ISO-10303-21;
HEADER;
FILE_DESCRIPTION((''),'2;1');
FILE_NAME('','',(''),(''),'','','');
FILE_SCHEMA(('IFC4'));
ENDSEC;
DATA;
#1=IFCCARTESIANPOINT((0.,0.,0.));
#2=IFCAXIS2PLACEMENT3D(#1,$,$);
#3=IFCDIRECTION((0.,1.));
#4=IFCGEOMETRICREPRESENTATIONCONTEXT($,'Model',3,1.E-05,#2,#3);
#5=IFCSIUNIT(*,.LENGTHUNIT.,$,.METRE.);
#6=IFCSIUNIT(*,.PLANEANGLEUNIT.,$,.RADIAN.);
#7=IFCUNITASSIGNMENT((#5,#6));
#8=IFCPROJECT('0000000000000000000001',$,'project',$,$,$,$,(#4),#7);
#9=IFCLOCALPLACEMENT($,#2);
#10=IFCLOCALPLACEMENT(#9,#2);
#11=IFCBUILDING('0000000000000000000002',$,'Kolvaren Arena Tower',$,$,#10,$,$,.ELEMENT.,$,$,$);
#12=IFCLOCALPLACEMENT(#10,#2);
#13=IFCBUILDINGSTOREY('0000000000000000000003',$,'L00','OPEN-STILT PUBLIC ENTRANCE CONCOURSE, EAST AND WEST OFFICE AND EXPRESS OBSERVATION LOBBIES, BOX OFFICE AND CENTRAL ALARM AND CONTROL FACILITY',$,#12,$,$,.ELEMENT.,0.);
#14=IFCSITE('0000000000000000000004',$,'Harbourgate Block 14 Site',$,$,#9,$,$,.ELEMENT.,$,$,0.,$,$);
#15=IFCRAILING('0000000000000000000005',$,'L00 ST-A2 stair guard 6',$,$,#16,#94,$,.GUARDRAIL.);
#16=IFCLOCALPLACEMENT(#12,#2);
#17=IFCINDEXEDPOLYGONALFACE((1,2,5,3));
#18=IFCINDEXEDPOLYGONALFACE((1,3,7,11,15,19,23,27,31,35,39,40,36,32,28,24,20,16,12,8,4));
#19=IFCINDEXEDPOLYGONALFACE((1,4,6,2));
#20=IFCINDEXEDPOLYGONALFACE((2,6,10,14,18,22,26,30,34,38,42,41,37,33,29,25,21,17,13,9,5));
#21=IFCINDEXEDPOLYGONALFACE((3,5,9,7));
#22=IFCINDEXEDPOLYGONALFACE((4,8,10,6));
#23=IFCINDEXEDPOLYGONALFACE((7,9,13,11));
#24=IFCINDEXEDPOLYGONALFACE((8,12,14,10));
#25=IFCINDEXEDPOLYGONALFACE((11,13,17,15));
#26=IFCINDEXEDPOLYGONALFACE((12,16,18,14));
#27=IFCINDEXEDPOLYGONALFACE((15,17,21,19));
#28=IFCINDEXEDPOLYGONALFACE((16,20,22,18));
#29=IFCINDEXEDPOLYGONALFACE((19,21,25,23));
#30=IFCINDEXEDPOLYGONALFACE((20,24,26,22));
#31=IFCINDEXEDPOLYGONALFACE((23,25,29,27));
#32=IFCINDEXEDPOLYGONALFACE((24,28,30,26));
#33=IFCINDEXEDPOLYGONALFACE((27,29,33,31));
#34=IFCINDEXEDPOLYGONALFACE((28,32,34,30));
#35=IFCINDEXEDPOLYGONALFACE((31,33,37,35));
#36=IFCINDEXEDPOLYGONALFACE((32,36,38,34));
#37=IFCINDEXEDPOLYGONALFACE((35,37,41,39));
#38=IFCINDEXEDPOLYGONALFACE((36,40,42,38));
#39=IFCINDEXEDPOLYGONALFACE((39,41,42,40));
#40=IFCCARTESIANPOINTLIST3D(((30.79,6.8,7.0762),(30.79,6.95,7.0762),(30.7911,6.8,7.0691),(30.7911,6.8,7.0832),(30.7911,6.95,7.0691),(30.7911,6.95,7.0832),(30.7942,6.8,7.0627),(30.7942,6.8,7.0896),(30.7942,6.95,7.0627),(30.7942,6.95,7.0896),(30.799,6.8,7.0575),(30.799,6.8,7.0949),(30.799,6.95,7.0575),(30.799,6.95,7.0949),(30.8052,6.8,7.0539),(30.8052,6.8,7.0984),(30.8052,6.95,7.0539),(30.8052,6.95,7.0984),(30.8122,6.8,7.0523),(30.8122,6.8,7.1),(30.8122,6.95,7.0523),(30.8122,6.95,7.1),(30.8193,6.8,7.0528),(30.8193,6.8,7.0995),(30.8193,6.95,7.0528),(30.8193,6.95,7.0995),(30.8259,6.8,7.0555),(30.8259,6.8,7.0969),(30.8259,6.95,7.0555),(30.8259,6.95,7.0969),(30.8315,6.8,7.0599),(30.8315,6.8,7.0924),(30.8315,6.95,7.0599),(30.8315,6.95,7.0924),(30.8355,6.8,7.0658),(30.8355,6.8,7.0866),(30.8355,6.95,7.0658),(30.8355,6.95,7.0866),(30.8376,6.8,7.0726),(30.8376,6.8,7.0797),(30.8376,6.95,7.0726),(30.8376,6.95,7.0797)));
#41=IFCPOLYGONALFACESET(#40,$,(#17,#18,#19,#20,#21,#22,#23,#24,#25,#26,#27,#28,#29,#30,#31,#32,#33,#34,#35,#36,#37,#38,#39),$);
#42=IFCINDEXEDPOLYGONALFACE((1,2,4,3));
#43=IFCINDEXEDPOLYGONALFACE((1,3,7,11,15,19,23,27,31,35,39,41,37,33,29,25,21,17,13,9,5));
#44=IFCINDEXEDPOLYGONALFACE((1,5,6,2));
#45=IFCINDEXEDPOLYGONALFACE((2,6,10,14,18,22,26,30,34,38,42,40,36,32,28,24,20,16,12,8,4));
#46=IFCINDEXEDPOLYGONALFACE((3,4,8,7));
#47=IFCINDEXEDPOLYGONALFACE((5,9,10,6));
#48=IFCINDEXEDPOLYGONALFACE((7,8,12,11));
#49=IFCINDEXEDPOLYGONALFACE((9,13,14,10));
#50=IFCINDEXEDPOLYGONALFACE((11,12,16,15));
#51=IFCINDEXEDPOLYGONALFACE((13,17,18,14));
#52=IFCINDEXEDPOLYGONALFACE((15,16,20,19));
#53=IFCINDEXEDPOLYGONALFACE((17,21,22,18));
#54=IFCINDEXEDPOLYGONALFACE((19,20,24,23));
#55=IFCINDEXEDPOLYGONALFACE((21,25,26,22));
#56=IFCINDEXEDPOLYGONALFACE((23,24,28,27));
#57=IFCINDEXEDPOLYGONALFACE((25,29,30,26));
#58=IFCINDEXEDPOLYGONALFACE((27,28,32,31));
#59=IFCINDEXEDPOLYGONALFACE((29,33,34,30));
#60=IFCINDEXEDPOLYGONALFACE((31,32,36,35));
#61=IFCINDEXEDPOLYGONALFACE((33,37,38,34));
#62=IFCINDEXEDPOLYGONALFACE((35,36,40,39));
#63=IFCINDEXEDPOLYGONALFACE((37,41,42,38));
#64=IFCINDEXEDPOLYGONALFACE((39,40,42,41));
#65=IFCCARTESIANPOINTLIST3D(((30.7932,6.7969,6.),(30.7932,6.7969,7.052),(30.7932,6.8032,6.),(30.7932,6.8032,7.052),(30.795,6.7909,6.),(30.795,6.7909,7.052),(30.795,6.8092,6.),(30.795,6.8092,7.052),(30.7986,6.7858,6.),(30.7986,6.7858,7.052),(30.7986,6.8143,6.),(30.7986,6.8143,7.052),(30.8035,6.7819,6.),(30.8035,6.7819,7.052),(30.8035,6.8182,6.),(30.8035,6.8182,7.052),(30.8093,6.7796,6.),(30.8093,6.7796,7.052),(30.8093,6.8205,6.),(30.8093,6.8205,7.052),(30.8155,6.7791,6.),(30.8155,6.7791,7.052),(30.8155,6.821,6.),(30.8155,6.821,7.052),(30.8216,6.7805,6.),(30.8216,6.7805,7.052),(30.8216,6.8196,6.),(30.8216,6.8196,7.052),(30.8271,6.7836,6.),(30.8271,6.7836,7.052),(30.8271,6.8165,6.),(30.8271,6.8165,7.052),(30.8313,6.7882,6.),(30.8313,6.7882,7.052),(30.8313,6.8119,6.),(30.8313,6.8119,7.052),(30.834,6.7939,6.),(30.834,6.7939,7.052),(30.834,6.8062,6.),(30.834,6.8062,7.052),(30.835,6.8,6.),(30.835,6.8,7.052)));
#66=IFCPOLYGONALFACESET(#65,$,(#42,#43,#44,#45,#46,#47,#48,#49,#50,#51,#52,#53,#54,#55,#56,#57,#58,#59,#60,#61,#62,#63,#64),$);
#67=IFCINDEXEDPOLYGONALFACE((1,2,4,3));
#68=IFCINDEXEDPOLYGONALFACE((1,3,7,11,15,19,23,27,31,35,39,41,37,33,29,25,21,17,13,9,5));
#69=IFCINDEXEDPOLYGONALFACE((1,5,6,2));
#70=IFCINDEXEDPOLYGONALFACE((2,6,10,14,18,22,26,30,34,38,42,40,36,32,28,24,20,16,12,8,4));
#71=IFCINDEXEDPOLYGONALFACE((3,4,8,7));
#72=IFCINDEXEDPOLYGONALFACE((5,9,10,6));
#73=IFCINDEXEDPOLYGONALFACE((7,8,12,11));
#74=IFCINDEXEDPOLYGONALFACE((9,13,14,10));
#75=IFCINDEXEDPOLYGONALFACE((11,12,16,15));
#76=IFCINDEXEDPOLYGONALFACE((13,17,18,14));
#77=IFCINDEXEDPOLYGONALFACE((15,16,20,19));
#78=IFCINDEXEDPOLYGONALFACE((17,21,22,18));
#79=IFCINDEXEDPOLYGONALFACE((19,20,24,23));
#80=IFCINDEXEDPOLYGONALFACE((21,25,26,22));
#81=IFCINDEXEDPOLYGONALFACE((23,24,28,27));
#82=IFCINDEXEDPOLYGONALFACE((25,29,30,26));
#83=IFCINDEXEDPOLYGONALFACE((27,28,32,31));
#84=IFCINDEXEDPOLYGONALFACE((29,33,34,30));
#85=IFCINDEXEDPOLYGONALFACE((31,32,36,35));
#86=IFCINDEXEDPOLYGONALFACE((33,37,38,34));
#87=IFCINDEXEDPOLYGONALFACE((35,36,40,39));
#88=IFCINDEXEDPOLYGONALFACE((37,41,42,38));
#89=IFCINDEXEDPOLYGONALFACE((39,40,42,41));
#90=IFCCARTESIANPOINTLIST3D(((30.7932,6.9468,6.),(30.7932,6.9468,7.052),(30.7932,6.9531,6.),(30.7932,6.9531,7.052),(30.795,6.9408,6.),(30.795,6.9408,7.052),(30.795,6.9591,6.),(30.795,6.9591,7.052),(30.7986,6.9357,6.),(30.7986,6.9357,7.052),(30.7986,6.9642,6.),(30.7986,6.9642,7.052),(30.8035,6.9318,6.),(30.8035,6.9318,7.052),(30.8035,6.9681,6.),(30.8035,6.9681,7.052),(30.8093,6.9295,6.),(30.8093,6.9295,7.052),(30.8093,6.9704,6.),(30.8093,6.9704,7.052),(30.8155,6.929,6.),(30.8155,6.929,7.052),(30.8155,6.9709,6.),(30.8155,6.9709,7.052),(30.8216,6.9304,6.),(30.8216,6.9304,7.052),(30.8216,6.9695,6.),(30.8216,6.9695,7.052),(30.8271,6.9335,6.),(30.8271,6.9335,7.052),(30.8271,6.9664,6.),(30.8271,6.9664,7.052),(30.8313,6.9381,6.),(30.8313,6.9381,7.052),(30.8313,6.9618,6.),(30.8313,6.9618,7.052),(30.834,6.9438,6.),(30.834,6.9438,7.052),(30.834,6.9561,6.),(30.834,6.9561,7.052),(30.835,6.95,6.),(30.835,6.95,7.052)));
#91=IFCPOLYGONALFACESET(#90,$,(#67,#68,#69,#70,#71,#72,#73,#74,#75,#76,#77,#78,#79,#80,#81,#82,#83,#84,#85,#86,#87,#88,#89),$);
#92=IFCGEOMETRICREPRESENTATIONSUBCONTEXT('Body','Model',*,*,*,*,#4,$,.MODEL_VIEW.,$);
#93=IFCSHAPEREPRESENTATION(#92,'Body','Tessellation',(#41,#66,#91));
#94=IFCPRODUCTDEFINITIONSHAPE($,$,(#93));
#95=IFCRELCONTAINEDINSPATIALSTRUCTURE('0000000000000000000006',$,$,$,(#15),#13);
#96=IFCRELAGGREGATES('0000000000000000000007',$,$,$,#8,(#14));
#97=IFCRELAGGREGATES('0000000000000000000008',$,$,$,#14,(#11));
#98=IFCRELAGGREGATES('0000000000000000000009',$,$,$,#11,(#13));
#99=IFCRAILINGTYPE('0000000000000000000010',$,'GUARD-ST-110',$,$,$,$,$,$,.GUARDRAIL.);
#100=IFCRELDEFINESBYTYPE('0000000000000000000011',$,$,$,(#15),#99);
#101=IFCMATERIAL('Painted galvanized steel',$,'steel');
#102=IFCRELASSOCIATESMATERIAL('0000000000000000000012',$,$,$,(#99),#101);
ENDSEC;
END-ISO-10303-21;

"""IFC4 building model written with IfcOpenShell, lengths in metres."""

from ifc_helpers import new_model, si_unit, direction, frame, origin, origin_2d, place, context, subcontext, project, spatial, circle, extrude, material, type_object, element, save


model = new_model("IFC4")

# Units and contexts
model_context = context("Model", 3, precision=1e-05, world=origin(), true_north=direction((0.0, 1.0)))
body_context = subcontext(model_context, "Body", "Model", "MODEL_VIEW")
ifc_project = project(units=[si_unit("LENGTHUNIT", "METRE"), si_unit("PLANEANGLEUNIT", "RADIAN")], contexts=[model_context])

# Site, building, storey
site_placement = place(None, origin())
site = spatial("IfcSite", under=ifc_project, at=site_placement, Name="Harbourgate Block 14 Site", CompositionType="ELEMENT", RefElevation=0.0)
building_placement = place(site_placement, origin())
building = spatial("IfcBuilding", under=site, at=building_placement, Name="Kolvaren Arena Tower", CompositionType="ELEMENT")
storey_placement = place(building_placement, origin())
storey = spatial("IfcBuildingStorey", under=building, at=storey_placement, Name="L00", Description="OPEN-STILT PUBLIC ENTRANCE CONCOURSE, EAST AND WEST OFFICE AND EXPRESS OBSERVATION LOBBIES, BOX OFFICE AND CENTRAL ALARM AND CONTROL FACILITY", CompositionType="ELEMENT", Elevation=0.0)

# Railing
ifc_material_1 = material(Name="Painted galvanized steel", Category="steel")
railing_type_1 = type_object("IfcRailingType", Name="GUARD-ST-110", PredefinedType="GUARDRAIL", material=ifc_material_1)
railing_1_placement = place(storey_placement, frame((30.814, 6.8, 6.0)))
element("IfcRailing", 1, at=railing_1_placement, inside=storey, type_object=railing_type_1, Name="L00 ST-A2 stair guard 6", PredefinedType="GUARDRAIL", context=body_context, shape_type="SweptSolid", body=[
    extrude(circle(Radius=0.0239, at=origin_2d()), frame((0.0, 0.0, 1.0762), z_axis=(0.0, 1.0, 0.0), x_axis=(-1.0, 0.0, 0.0)), (0.0, 0.0, 1.0), 0.1499),
    extrude(circle(Radius=0.021, at=origin_2d()), origin(), (0.0, 0.0, 1.0), 1.052),
    extrude(circle(Radius=0.021, at=origin_2d()), frame((0.0, 0.1499, 0.0)), (0.0, 0.0, 1.0), 1.052),
])

save(model, "model.ifc")
